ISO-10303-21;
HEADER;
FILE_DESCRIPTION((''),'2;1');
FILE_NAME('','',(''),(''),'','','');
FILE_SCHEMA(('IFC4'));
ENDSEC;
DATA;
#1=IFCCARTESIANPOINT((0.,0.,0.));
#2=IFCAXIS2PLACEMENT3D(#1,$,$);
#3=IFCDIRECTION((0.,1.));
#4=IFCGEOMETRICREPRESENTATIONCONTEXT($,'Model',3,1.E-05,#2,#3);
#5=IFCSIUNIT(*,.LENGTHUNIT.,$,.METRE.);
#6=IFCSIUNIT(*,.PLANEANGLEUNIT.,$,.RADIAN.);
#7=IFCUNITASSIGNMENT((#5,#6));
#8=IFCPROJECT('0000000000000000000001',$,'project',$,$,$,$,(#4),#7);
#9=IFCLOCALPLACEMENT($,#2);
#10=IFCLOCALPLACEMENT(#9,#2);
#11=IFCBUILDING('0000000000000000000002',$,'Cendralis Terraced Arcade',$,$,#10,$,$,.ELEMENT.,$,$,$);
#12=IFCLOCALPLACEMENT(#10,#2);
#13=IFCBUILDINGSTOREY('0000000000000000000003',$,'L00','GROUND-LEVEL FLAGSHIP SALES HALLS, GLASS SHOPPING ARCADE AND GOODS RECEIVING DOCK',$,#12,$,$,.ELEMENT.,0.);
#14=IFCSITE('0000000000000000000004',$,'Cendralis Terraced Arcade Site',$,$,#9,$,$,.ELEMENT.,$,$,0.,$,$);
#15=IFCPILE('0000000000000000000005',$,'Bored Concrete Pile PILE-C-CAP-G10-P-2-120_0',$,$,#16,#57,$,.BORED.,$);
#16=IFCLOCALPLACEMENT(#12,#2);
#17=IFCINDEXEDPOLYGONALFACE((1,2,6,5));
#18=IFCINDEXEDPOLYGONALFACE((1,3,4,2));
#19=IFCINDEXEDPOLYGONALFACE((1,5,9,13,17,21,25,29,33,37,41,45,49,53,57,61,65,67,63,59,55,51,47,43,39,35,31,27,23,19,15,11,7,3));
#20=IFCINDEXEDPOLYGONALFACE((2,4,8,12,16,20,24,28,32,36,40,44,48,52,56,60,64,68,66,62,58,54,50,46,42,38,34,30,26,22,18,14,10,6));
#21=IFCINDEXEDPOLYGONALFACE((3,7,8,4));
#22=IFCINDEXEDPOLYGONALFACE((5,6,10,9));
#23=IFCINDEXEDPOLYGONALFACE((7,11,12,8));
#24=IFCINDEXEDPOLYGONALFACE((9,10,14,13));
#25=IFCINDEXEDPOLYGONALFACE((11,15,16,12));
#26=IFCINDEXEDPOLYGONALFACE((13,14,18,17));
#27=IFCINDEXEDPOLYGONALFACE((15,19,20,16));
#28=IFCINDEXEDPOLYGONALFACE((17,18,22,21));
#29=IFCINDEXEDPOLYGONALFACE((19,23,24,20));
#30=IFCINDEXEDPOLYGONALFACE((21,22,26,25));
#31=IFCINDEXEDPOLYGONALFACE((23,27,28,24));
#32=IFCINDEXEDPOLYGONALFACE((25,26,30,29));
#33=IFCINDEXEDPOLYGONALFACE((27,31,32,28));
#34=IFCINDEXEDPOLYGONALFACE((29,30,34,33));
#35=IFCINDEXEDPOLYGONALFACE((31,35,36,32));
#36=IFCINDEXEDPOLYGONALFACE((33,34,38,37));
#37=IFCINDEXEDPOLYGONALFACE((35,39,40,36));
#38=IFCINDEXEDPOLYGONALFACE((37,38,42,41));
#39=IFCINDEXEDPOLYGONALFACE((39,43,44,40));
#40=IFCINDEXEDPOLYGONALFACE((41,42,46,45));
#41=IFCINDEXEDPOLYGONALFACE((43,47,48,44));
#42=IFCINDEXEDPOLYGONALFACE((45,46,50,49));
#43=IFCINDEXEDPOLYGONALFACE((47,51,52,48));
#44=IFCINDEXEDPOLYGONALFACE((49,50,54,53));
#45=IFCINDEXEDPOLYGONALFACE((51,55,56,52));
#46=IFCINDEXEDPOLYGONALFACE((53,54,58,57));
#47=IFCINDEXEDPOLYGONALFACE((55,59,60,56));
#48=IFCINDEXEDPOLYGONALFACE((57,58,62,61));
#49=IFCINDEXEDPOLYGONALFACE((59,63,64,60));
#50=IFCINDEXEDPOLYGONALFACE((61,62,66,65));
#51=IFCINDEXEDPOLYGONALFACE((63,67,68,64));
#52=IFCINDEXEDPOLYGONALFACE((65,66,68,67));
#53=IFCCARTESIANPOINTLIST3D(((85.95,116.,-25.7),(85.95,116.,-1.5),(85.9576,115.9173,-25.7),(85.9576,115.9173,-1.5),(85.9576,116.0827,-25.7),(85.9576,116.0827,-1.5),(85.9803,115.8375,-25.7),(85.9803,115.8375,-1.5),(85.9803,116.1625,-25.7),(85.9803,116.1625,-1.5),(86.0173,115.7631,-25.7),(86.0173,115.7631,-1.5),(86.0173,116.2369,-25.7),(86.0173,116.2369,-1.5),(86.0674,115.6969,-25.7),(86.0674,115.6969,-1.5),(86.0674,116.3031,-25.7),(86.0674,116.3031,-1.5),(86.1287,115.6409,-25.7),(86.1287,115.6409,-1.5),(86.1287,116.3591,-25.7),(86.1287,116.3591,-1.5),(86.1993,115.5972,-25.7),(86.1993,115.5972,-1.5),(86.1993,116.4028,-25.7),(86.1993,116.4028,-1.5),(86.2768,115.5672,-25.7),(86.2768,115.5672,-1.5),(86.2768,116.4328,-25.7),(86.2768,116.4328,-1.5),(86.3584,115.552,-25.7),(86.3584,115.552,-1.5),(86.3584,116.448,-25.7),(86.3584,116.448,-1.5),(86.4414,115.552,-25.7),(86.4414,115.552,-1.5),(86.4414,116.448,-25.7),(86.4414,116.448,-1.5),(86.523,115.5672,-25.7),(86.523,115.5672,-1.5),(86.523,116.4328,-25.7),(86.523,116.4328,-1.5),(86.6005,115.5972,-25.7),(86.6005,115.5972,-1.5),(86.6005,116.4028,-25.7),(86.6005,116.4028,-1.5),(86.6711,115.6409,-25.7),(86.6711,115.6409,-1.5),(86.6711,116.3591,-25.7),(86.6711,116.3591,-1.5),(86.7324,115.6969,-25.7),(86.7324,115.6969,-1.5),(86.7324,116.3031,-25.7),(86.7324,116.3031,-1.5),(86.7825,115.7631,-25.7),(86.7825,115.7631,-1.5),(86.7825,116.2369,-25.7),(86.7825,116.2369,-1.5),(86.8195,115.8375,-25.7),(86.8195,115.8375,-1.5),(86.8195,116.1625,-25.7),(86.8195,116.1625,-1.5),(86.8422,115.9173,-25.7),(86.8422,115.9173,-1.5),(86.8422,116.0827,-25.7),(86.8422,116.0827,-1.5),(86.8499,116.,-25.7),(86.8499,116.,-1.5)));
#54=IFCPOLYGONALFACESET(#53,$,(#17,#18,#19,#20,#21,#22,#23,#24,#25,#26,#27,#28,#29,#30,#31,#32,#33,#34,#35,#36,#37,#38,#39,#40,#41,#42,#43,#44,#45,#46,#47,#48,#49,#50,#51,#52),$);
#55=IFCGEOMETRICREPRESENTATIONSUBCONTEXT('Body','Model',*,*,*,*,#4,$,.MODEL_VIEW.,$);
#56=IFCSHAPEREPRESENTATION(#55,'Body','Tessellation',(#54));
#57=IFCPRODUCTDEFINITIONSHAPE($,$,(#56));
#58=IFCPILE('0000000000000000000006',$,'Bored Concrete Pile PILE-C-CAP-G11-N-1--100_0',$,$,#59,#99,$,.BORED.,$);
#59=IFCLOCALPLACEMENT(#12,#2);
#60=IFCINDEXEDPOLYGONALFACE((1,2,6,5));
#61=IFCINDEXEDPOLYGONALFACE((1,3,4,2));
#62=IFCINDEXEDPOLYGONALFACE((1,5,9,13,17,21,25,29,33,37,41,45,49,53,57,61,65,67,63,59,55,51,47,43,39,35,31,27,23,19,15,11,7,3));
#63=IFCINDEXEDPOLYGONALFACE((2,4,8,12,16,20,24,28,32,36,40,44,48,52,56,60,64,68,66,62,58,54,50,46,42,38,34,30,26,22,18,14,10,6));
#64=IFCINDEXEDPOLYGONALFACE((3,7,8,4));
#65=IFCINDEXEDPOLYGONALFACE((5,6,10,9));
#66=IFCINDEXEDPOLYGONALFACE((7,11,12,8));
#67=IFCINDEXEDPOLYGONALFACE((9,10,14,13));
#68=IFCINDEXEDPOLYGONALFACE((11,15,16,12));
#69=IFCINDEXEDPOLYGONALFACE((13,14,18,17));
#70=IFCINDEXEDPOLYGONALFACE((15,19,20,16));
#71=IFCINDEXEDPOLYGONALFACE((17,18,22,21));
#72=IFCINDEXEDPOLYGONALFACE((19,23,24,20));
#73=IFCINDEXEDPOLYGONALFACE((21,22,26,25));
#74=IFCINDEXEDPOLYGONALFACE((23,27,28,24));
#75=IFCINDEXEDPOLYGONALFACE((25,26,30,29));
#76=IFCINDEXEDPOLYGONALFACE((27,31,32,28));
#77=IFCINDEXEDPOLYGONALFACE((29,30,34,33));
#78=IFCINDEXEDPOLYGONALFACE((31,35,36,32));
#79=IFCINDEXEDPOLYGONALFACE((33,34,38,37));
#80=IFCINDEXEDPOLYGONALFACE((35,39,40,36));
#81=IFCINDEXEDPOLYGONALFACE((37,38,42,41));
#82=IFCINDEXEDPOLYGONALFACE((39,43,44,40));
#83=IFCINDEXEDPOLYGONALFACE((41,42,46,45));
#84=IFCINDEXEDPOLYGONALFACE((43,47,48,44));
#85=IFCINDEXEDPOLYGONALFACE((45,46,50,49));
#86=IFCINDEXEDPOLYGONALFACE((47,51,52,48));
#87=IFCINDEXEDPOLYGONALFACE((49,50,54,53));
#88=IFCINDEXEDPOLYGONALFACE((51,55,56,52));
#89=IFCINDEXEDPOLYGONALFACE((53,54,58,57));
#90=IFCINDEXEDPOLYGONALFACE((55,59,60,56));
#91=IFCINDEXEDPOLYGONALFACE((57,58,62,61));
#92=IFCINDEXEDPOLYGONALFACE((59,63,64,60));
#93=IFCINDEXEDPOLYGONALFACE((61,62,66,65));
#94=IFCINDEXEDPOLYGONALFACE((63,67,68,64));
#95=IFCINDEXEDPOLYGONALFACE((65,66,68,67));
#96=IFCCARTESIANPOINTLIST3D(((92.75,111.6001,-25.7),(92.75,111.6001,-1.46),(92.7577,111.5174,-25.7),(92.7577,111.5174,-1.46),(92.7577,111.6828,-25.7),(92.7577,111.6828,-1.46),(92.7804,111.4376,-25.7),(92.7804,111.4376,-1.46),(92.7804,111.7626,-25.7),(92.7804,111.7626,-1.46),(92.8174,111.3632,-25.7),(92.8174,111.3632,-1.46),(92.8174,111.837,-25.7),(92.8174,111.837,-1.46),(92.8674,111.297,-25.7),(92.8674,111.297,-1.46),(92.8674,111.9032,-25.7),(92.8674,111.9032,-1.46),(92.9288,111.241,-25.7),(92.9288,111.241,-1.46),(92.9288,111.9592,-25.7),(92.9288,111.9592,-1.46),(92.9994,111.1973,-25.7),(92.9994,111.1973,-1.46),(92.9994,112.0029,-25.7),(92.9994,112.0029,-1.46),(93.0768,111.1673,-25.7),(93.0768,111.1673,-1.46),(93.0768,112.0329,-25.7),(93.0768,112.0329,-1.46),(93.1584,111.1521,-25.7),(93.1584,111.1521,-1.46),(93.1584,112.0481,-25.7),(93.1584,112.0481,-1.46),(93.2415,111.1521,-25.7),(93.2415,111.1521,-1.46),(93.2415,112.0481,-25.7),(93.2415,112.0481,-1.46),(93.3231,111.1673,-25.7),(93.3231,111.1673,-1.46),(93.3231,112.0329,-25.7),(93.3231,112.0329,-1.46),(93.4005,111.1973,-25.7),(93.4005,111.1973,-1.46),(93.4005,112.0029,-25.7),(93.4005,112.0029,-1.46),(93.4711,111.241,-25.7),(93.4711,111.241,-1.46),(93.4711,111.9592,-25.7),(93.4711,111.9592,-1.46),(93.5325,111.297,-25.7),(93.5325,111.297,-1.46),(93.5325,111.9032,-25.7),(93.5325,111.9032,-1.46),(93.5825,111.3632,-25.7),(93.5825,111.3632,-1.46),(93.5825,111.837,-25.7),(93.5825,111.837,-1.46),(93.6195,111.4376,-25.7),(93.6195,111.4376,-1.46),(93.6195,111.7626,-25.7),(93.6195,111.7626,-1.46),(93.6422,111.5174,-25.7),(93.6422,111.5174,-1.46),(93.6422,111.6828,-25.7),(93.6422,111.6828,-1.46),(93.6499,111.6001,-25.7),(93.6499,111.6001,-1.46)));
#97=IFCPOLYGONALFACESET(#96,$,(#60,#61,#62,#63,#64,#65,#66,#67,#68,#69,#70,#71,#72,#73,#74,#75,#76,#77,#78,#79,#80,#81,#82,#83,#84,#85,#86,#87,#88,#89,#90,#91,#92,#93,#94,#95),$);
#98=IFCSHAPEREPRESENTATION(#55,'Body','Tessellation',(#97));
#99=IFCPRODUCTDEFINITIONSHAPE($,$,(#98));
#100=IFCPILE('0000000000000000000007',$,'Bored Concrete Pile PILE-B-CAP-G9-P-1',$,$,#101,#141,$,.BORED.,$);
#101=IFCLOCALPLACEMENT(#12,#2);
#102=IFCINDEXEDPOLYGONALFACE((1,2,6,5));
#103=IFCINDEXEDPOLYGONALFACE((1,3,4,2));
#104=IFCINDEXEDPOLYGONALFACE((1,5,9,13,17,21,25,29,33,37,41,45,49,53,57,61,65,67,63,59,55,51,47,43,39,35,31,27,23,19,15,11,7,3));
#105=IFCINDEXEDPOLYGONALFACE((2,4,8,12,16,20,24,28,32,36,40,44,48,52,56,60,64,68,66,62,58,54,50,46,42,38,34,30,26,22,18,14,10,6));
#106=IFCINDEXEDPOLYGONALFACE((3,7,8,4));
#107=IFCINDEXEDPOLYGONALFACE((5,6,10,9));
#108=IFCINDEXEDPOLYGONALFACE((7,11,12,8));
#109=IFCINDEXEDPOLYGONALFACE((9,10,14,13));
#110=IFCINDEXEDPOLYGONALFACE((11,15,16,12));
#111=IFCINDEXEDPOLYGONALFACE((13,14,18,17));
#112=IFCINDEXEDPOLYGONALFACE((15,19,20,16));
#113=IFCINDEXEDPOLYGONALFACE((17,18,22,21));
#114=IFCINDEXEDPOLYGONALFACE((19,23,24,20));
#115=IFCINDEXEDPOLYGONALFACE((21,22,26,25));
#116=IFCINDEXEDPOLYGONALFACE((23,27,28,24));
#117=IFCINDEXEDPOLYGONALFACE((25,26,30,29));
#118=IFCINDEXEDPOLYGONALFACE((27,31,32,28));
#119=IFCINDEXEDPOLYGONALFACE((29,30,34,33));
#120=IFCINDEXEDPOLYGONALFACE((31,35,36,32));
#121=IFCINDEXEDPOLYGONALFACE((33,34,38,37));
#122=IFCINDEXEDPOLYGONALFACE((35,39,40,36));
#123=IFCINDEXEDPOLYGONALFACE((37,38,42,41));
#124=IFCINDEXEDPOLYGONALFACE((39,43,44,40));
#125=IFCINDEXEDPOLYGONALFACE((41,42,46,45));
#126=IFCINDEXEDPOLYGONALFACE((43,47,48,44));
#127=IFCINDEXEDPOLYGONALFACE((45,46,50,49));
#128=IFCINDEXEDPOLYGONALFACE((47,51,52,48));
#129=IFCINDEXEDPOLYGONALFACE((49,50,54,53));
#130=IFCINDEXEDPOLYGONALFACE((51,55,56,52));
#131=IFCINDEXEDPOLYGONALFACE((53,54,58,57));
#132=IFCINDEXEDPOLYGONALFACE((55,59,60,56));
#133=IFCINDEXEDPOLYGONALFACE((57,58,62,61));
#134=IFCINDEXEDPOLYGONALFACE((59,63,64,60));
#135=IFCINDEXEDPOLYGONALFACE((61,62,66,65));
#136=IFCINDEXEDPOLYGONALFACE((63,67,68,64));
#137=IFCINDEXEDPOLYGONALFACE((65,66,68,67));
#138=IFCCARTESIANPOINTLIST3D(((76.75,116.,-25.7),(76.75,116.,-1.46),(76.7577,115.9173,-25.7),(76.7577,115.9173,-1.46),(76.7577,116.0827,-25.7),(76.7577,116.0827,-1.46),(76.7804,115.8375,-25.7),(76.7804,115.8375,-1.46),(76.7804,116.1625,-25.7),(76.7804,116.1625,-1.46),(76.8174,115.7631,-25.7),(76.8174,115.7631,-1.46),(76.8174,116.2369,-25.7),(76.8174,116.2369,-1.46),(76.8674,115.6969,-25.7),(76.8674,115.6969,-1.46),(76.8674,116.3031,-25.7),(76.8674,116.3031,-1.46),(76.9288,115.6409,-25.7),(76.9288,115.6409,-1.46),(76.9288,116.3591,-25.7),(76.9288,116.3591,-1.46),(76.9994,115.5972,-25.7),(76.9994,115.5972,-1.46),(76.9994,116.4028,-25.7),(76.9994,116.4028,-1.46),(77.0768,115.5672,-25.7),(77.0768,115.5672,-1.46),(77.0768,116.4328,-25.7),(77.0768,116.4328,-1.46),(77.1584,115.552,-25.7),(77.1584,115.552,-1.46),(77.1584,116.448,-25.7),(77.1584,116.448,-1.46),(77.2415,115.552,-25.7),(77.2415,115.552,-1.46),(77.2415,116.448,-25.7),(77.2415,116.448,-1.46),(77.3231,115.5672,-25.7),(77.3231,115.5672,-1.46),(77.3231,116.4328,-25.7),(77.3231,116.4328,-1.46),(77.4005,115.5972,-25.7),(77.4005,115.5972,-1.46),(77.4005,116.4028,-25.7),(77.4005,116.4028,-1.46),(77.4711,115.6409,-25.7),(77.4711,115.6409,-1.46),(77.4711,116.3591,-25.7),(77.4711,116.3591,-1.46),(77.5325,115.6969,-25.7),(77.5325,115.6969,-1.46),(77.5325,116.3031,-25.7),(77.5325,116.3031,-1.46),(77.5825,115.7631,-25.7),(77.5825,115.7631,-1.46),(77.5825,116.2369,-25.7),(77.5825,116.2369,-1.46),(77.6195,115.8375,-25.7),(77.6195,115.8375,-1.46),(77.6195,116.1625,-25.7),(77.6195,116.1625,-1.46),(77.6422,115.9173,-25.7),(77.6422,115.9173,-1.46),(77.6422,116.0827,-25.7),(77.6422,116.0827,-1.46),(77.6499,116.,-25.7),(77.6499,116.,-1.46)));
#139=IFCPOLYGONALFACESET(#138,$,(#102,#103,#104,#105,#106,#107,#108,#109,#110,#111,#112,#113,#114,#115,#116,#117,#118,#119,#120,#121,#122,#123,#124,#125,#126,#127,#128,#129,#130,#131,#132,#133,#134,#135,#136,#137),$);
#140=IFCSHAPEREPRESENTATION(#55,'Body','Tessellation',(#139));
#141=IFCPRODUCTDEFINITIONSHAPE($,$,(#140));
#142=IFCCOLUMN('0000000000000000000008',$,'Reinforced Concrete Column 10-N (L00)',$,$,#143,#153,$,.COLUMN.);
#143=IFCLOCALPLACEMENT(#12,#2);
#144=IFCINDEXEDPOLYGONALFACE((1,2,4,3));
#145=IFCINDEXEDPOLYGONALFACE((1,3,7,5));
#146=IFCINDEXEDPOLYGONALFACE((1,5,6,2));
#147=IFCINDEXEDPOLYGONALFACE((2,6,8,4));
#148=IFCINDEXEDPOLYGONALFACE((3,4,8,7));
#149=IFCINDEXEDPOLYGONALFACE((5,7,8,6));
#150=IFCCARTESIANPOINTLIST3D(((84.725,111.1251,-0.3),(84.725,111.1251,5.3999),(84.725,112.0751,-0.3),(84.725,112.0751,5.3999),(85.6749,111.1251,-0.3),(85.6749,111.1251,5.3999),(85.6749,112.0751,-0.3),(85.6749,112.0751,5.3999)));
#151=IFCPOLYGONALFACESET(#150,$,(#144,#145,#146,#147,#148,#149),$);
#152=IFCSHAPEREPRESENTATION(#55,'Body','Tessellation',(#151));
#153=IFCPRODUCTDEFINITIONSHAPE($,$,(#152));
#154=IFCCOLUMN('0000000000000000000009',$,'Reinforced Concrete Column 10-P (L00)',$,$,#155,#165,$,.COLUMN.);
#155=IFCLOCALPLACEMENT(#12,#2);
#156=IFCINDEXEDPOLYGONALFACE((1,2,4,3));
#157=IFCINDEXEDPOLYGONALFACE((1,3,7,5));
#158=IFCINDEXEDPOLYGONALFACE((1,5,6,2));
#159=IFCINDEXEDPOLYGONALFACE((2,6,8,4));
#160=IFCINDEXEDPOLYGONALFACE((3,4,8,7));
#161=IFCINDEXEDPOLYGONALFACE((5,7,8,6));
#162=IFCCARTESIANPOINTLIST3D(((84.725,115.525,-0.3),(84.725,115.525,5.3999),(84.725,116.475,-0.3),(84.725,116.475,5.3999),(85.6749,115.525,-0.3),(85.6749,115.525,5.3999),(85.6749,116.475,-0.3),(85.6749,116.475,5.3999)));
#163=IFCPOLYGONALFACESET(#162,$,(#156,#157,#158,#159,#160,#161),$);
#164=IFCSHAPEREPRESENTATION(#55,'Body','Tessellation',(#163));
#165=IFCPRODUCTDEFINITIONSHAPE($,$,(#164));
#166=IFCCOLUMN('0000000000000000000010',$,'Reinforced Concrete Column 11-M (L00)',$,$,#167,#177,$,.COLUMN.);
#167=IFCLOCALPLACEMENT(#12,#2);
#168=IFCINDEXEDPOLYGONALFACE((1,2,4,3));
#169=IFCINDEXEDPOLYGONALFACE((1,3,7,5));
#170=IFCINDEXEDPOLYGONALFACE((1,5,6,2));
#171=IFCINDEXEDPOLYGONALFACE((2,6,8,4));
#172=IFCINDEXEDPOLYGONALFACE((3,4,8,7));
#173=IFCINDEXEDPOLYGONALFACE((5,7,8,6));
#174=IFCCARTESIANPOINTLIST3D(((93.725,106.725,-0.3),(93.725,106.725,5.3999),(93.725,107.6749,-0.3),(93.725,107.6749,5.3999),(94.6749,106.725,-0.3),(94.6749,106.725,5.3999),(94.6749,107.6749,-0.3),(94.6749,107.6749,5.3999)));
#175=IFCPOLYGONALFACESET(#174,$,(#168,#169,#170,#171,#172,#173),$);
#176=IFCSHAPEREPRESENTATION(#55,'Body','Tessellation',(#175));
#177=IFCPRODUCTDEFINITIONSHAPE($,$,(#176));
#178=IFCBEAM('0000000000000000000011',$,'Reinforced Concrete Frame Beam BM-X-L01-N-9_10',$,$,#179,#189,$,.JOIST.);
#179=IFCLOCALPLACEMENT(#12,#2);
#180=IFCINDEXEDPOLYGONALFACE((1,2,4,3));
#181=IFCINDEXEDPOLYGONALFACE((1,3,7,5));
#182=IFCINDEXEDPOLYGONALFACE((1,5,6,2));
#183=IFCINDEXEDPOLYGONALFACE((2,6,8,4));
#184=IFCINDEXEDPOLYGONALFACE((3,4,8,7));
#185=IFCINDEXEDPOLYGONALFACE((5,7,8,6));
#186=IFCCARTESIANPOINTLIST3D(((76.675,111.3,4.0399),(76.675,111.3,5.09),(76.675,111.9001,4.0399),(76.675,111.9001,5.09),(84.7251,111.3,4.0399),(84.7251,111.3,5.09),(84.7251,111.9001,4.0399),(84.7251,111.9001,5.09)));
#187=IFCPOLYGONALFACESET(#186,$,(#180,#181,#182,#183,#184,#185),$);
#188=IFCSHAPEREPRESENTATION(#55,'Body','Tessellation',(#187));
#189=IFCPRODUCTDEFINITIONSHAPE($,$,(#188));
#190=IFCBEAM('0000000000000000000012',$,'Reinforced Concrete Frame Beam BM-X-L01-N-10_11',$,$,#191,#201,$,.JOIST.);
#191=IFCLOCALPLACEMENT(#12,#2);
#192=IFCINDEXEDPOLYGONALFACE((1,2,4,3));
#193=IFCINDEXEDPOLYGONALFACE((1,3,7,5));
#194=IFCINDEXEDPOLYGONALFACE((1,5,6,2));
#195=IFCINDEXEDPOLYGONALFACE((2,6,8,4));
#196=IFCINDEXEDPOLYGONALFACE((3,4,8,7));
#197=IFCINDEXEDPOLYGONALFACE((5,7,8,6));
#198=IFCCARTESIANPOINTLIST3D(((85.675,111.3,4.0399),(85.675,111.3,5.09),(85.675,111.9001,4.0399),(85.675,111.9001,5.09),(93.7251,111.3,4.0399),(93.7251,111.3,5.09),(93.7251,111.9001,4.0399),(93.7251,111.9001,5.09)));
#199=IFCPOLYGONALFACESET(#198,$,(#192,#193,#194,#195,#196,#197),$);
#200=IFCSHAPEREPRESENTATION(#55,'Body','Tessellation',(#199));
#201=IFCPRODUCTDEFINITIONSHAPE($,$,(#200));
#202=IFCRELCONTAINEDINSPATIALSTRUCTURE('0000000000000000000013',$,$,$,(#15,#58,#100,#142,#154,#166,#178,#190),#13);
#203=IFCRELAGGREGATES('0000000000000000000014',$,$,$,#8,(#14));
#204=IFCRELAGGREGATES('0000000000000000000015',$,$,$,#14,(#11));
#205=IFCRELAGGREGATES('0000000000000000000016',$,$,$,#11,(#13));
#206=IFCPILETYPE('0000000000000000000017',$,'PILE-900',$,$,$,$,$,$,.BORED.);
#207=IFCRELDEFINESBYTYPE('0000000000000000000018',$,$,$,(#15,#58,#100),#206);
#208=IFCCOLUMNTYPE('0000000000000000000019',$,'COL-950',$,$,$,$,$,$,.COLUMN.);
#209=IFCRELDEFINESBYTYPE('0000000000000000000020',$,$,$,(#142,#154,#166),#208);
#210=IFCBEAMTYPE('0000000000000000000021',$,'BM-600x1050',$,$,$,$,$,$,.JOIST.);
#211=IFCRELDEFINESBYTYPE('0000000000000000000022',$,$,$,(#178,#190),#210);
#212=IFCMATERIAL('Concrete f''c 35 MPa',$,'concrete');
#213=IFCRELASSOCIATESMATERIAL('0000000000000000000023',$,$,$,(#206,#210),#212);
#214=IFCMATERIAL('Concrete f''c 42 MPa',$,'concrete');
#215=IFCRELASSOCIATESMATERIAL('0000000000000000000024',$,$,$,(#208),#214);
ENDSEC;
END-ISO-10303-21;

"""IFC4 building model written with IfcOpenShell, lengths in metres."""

from ifc_helpers import new_model, si_unit, direction, frame, origin, origin_2d, place, context, subcontext, project, spatial, rectangle, circle, extrude, material, material_profile, profile_set, type_object, element, save


model = new_model("IFC4")

# Units and contexts
model_context = context("Model", 3, precision=1e-05, world=origin(), true_north=direction((0.0, 1.0)))
body_context = subcontext(model_context, "Body", "Model", "MODEL_VIEW")
ifc_project = project(units=[si_unit("LENGTHUNIT", "METRE"), si_unit("PLANEANGLEUNIT", "RADIAN")], contexts=[model_context])

# Site, building, storey
site_placement = place(None, origin())
site = spatial("IfcSite", under=ifc_project, at=site_placement, Name="Cendralis Terraced Arcade Site", CompositionType="ELEMENT", RefElevation=0.0)
building_placement = place(site_placement, origin())
building = spatial("IfcBuilding", under=site, at=building_placement, Name="Cendralis Terraced Arcade", CompositionType="ELEMENT")
storey_placement = place(building_placement, origin())
storey = spatial("IfcBuildingStorey", under=building, at=storey_placement, Name="L00", Description="GROUND-LEVEL FLAGSHIP SALES HALLS, GLASS SHOPPING ARCADE AND GOODS RECEIVING DOCK", CompositionType="ELEMENT", Elevation=0.0)

# Shared definitions
ifc_material_1 = material(Name="Concrete f'c 35 MPa", Category="concrete")

# Piles
ifc_material_profile_1 = material_profile(ifc_material_1, circle(Radius=0.45, at=origin_2d()), Name="PILE-D900", Category="LoadBearing")
ifc_profile_set_1 = profile_set([ifc_material_profile_1], Name="Concrete f'c 35 MPa")
pile_type_1 = type_object("IfcPileType", Name="PILE-900", PredefinedType="BORED", material=ifc_profile_set_1)
for number, where, z_axis, x_axis, name in (
    (1, (86.3999, 116.0, -1.5), (0.0, 0.0, -1.0), (1.0, 0.0, 0.0), "Bored Concrete Pile PILE-C-CAP-G10-P-2-120_0"),
):
    element("IfcPile", number, at=place(storey_placement, frame(where, z_axis=z_axis, x_axis=x_axis)), inside=storey, type_object=pile_type_1, Name=name, PredefinedType="BORED", context=body_context, shape_type="SweptSolid", body=[
        extrude(circle(Radius=0.45, at=origin_2d()), origin(), (0.0, 0.0, 1.0), 24.2),
    ])
for number, where, z_axis, x_axis, name in (
    (2, (93.2, 111.6001, -1.46), (0.0, 0.0, -1.0), (1.0, 0.0, 0.0), "Bored Concrete Pile PILE-C-CAP-G11-N-1--100_0"),
    (3, (77.2, 116.0, -1.46), (0.0, 0.0, -1.0), (1.0, 0.0, 0.0), "Bored Concrete Pile PILE-B-CAP-G9-P-1"),
):
    element("IfcPile", number, at=place(storey_placement, frame(where, z_axis=z_axis, x_axis=x_axis)), inside=storey, type_object=pile_type_1, Name=name, PredefinedType="BORED", context=body_context, shape_type="SweptSolid", body=[
        extrude(circle(Radius=0.45, at=origin_2d()), origin(), (0.0, 0.0, 1.0), 24.24),
    ])

# Columns
ifc_material_2 = material(Name="Concrete f'c 42 MPa", Category="concrete")
ifc_material_profile_2 = material_profile(ifc_material_2, rectangle(XDim=0.95, YDim=0.95, at=origin_2d()), Name="RC-COL-950x950", Category="LoadBearing")
ifc_profile_set_2 = profile_set([ifc_material_profile_2], Name="Concrete f'c 42 MPa")
column_type = type_object("IfcColumnType", Name="COL-950", PredefinedType="COLUMN", material=ifc_profile_set_2)
for number, where, z_axis, x_axis, name in (
    (4, (85.2, 111.6001, -0.3), (0.0, 0.0, 1.0), (1.0, 0.0, 0.0), "Reinforced Concrete Column 10-N (L00)"),
    (5, (85.2, 116.0, -0.3), (0.0, 0.0, 1.0), (1.0, 0.0, 0.0), "Reinforced Concrete Column 10-P (L00)"),
    (6, (94.2, 107.2, -0.3), (0.0, 0.0, 1.0), (1.0, 0.0, 0.0), "Reinforced Concrete Column 11-M (L00)"),
):
    element("IfcColumn", number, at=place(storey_placement, frame(where, z_axis=z_axis, x_axis=x_axis)), inside=storey, type_object=column_type, Name=name, PredefinedType="COLUMN", context=body_context, shape_type="SweptSolid", body=[
        extrude(rectangle(XDim=0.95, YDim=0.95, at=origin_2d()), origin(), (0.0, 0.0, 1.0), 5.7),
    ])

# Beams
ifc_material_profile_3 = material_profile(ifc_material_1, rectangle(XDim=0.6001, YDim=1.05, at=origin_2d()), Name="RC-BM-600x1050", Category="LoadBearing")
ifc_profile_set_3 = profile_set([ifc_material_profile_3], Name="Concrete f'c 35 MPa")
beam_type = type_object("IfcBeamType", Name="BM-600x1050", PredefinedType="JOIST", material=ifc_profile_set_3)
for number, where, z_axis, x_axis, name in (
    (7, (76.675, 111.6001, 4.5649), (1.0, 0.0, 0.0), (0.0, 1.0, 0.0), "Reinforced Concrete Frame Beam BM-X-L01-N-9_10"),
    (8, (85.675, 111.6001, 4.5649), (1.0, 0.0, 0.0), (0.0, 1.0, 0.0), "Reinforced Concrete Frame Beam BM-X-L01-N-10_11"),
):
    element("IfcBeam", number, at=place(storey_placement, frame(where, z_axis=z_axis, x_axis=x_axis)), inside=storey, type_object=beam_type, Name=name, PredefinedType="JOIST", context=body_context, shape_type="SweptSolid", body=[
        extrude(rectangle(XDim=0.6001, YDim=1.05, at=origin_2d()), origin(), (0.0, 0.0, 1.0), 8.05),
    ])

save(model, "model.ifc")
